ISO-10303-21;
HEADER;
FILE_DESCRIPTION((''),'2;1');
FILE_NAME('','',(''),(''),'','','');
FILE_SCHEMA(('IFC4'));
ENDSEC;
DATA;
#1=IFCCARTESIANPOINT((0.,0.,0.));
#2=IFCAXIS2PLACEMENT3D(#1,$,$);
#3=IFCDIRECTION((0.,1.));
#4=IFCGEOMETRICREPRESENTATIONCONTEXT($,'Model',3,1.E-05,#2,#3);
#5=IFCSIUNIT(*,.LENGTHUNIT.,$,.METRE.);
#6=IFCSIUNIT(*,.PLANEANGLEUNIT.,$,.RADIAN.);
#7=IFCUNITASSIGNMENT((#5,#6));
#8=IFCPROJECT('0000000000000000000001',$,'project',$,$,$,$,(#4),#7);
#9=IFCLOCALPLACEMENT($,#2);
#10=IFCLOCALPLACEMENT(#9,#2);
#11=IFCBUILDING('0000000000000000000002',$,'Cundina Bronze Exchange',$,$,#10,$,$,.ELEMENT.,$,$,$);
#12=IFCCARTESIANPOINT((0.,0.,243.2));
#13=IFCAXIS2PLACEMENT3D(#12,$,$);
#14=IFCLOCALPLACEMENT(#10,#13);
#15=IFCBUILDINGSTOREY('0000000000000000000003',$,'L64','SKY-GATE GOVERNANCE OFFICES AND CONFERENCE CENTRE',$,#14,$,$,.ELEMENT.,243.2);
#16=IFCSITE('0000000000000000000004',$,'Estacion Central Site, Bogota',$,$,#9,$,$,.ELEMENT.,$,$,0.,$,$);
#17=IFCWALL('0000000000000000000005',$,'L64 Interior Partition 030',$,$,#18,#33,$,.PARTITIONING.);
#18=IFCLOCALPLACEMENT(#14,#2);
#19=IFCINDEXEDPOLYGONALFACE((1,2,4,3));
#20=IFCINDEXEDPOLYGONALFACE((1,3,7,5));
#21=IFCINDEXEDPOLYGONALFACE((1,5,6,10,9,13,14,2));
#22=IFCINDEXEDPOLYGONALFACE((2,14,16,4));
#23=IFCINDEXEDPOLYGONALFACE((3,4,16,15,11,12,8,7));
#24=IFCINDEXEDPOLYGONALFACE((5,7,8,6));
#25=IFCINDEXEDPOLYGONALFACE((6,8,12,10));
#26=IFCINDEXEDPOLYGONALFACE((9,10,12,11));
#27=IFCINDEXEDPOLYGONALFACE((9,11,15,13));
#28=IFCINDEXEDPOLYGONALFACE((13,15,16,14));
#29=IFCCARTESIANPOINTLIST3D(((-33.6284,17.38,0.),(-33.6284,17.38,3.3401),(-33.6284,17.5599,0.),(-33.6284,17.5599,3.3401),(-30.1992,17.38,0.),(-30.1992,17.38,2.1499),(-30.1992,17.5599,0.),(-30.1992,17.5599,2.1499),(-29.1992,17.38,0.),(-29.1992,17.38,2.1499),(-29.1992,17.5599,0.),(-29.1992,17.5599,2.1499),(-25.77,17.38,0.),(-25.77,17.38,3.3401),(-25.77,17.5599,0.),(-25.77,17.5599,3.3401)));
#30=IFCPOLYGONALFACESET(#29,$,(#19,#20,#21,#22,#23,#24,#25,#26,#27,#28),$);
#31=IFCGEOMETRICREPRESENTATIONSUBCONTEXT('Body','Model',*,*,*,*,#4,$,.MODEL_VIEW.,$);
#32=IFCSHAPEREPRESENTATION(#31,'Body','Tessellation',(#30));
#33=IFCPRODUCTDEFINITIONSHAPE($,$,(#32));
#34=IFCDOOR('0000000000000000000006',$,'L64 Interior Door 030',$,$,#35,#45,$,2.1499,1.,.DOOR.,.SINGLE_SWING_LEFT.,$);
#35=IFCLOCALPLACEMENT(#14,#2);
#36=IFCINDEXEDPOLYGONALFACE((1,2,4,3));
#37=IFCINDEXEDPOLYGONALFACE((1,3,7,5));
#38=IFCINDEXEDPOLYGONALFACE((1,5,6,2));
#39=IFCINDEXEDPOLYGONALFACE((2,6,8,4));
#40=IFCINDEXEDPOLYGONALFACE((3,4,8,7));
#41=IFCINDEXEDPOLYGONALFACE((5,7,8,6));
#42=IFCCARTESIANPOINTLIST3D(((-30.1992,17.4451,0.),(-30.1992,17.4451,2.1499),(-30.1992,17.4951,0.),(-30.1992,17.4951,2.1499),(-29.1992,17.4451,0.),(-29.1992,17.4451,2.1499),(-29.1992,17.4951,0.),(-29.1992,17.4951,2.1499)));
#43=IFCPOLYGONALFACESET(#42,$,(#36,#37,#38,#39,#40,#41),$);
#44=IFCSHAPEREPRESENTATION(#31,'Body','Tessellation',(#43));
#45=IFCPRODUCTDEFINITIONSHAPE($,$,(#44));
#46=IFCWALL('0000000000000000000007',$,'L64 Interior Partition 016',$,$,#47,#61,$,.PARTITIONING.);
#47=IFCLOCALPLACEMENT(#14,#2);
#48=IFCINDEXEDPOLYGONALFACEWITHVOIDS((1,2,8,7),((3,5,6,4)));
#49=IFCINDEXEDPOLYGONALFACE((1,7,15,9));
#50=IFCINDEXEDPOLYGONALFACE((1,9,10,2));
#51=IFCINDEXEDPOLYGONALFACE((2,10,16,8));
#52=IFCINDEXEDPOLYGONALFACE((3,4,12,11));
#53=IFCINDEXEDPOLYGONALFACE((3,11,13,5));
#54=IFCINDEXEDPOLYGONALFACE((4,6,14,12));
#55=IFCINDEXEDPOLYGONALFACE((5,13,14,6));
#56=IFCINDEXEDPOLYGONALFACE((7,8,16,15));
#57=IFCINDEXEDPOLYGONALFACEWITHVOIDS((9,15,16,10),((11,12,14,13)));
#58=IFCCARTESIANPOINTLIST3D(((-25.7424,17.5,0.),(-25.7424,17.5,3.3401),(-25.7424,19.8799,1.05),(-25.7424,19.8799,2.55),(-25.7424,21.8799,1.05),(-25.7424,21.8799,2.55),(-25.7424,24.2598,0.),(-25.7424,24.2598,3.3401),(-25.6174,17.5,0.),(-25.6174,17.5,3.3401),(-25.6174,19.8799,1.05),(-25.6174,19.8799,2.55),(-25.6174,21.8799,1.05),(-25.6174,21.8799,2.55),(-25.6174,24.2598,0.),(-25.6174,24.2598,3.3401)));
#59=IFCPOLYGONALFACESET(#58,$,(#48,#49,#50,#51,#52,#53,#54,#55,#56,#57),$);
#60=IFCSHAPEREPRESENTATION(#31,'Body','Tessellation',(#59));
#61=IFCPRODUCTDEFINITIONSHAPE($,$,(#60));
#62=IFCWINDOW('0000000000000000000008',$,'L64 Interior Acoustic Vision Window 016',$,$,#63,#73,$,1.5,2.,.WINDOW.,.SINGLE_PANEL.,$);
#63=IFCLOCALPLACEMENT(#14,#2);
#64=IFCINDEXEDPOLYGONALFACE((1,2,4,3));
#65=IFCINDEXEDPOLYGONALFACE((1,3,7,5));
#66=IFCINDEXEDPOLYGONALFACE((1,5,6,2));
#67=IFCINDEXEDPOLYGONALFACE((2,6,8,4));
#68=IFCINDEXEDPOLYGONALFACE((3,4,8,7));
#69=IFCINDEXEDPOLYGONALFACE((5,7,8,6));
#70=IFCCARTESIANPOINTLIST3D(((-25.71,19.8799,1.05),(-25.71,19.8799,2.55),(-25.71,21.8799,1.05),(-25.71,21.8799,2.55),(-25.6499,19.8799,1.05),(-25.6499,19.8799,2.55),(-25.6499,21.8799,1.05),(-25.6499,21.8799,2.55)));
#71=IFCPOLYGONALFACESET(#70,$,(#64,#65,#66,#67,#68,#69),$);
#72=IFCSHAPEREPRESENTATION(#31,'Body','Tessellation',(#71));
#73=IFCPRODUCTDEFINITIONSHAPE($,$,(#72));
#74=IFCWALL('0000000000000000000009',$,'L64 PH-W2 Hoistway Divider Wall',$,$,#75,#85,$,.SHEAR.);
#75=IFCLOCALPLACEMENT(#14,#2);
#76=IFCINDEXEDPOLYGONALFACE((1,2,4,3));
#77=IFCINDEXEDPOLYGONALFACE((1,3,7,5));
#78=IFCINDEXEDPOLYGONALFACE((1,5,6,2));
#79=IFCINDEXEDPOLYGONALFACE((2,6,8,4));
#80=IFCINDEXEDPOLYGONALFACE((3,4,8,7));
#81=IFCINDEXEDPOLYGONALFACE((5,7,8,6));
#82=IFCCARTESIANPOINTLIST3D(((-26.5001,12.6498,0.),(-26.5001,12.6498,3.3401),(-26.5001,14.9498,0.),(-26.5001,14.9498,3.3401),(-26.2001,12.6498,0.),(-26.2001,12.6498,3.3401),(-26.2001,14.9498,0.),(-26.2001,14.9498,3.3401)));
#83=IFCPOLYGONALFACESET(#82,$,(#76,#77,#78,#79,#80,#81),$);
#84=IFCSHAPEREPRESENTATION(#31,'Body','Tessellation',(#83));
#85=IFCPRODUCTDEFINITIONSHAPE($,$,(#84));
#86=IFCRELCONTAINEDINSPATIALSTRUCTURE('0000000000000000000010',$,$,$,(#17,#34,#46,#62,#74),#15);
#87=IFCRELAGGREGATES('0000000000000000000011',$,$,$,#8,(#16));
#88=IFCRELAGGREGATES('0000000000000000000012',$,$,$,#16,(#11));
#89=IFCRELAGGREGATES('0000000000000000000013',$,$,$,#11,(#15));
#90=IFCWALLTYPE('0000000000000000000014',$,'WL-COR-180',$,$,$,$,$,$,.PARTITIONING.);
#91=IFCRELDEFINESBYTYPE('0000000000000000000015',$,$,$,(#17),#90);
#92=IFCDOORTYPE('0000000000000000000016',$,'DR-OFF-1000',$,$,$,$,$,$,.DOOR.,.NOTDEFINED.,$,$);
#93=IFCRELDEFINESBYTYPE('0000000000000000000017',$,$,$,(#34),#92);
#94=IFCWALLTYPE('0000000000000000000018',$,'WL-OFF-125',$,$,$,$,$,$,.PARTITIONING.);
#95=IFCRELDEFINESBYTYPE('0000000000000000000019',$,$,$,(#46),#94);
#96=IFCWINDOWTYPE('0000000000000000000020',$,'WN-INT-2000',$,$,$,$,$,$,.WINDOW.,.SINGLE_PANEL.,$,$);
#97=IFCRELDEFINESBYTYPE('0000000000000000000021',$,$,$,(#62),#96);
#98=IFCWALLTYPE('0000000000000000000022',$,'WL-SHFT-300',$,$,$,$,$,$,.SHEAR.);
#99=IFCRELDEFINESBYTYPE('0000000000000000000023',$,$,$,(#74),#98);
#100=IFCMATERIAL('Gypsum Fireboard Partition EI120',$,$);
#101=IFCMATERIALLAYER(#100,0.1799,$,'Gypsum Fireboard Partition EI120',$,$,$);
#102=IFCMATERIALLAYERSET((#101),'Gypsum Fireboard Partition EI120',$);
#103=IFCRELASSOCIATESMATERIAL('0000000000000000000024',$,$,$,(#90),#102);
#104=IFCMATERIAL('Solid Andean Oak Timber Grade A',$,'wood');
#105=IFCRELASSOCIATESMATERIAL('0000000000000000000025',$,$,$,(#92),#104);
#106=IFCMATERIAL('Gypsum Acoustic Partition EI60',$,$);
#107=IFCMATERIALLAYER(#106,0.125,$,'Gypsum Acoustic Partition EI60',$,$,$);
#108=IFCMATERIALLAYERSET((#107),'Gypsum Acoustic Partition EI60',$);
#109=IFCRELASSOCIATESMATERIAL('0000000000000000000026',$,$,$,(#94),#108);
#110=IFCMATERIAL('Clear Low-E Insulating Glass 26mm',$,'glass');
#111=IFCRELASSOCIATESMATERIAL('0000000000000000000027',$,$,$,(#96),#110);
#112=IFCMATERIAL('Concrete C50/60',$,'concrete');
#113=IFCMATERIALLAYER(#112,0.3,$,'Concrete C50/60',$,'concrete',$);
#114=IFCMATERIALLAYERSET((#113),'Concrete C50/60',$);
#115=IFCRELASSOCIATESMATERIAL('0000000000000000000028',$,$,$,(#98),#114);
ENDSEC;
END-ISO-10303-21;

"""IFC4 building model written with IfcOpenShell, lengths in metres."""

from ifc_helpers import new_model, si_unit, direction, frame, frame_2d, origin, place, context, subcontext, project, spatial, rectangle, extrude, material, layer, layer_set, type_object, element, fill, save


model = new_model("IFC4")

# Units and contexts
model_context = context("Model", 3, precision=1e-05, world=origin(), true_north=direction((0.0, 1.0)))
body_context = subcontext(model_context, "Body", "Model", "MODEL_VIEW")
ifc_project = project(units=[si_unit("LENGTHUNIT", "METRE"), si_unit("PLANEANGLEUNIT", "RADIAN")], contexts=[model_context])

# Site, building, storey
site_placement = place(None, origin())
site = spatial("IfcSite", under=ifc_project, at=site_placement, Name="Estacion Central Site, Bogota", CompositionType="ELEMENT", RefElevation=0.0)
building_placement = place(site_placement, origin())
building = spatial("IfcBuilding", under=site, at=building_placement, Name="Cundina Bronze Exchange", CompositionType="ELEMENT")
storey_placement = place(building_placement, frame((0.0, 0.0, 243.2)))
storey = spatial("IfcBuildingStorey", under=building, at=storey_placement, Name="L64", Description="SKY-GATE GOVERNANCE OFFICES AND CONFERENCE CENTRE", CompositionType="ELEMENT", Elevation=243.2)

# Shared definitions
ifc_material_1 = material(Name="Concrete C50/60", Category="concrete")

# Shared definitions
ifc_material_2 = material(Name="Gypsum Fireboard Partition EI120")
ifc_layer_1 = layer(ifc_material_2, 0.1799, Name="Gypsum Fireboard Partition EI120")
ifc_layer_set_1 = layer_set([ifc_layer_1], Name="Gypsum Fireboard Partition EI120")
wall_type_1 = type_object("IfcWallType", Name="WL-COR-180", PredefinedType="PARTITIONING", material=ifc_layer_set_1)

# Wall, opening, door
ifc_material_3 = material(Name="Solid Andean Oak Timber Grade A", Category="wood")
wall_1_placement = place(storey_placement, frame((-25.77, 17.47, 0.0), z_axis=(0.0, 0.0, 1.0), x_axis=(-1.0, 0.0, 0.0)))
wall_1 = element("IfcWall", 1, at=wall_1_placement, inside=storey, type_object=wall_type_1, Name="L64 Interior Partition 030", PredefinedType="PARTITIONING", context=body_context, shape_type="SweptSolid", body=[
    extrude(rectangle(XDim=7.8584, YDim=0.1799, at=frame_2d((3.9292, 0.0))), origin(), (0.0, 0.0, 1.0), 3.3401),
])
opening_1_placement = place(wall_1_placement, frame((3.4292, 0.0, 0.0)))
opening_1 = element("IfcOpeningElement", 2, at=opening_1_placement, cuts=wall_1, PredefinedType="OPENING", context=body_context, shape_type="SweptSolid", body=[
    extrude(rectangle(XDim=1.0, YDim=2.1499, at=frame_2d((0.5, 1.075))), frame((0.0, 0.0999, 0.0), z_axis=(0.0, -1.0, 0.0), x_axis=(1.0, 0.0, 0.0)), (0.0, 0.0, 1.0), 0.2),
])
door_type_1 = type_object("IfcDoorType", Name="DR-OFF-1000", OperationType="NOTDEFINED", PredefinedType="DOOR", material=ifc_material_3)
door_1_placement = place(opening_1_placement, origin())
door_1 = element("IfcDoor", 3, at=door_1_placement, inside=storey, type_object=door_type_1, Name="L64 Interior Door 030", OperationType="SINGLE_SWING_LEFT", OverallHeight=2.1499, OverallWidth=1.0, PredefinedType="DOOR", context=body_context, shape_type="SweptSolid", body=[
    extrude(rectangle(XDim=1.0, YDim=2.1499, at=frame_2d((0.5, 1.075))), frame((0.0, 0.0249, 0.0), z_axis=(0.0, -1.0, 0.0), x_axis=(1.0, 0.0, 0.0)), (0.0, 0.0, 1.0), 0.05),
])
fill(opening_1, door_1)

# Wall, opening, window
ifc_material_4 = material(Name="Gypsum Acoustic Partition EI60")
ifc_layer_2 = layer(ifc_material_4, 0.125, Name="Gypsum Acoustic Partition EI60")
ifc_layer_set_2 = layer_set([ifc_layer_2], Name="Gypsum Acoustic Partition EI60")
wall_type_2 = type_object("IfcWallType", Name="WL-OFF-125", PredefinedType="PARTITIONING", material=ifc_layer_set_2)
wall_2_placement = place(storey_placement, frame((-25.6799, 17.5, 0.0), z_axis=(0.0, 0.0, 1.0), x_axis=(0.0, 1.0, 0.0)))
wall_2 = element("IfcWall", 4, at=wall_2_placement, inside=storey, type_object=wall_type_2, Name="L64 Interior Partition 016", PredefinedType="PARTITIONING", context=body_context, shape_type="SweptSolid", body=[
    extrude(rectangle(XDim=6.7598, YDim=0.125, at=frame_2d((3.3799, 0.0))), origin(), (0.0, 0.0, 1.0), 3.3401),
])
opening_2_placement = place(wall_2_placement, frame((2.3799, 0.0, 1.05)))
opening_2 = element("IfcOpeningElement", 5, at=opening_2_placement, cuts=wall_2, PredefinedType="OPENING", context=body_context, shape_type="SweptSolid", body=[
    extrude(rectangle(XDim=2.0, YDim=1.5, at=frame_2d((1.0, 0.75))), frame((0.0, 0.0725, 0.0), z_axis=(0.0, -1.0, 0.0), x_axis=(1.0, 0.0, 0.0)), (0.0, 0.0, 1.0), 0.145),
])
ifc_material_5 = material(Name="Clear Low-E Insulating Glass 26mm", Category="glass")
window_type = type_object("IfcWindowType", Name="WN-INT-2000", PartitioningType="SINGLE_PANEL", PredefinedType="WINDOW", material=ifc_material_5)
window_placement = place(opening_2_placement, origin())
window = element("IfcWindow", 6, at=window_placement, inside=storey, type_object=window_type, Name="L64 Interior Acoustic Vision Window 016", OverallHeight=1.5, OverallWidth=2.0, PartitioningType="SINGLE_PANEL", PredefinedType="WINDOW", context=body_context, shape_type="SweptSolid", body=[
    extrude(rectangle(XDim=2.0, YDim=1.5, at=frame_2d((1.0, 0.75))), frame((0.0, 0.03, 0.0), z_axis=(0.0, -1.0, 0.0), x_axis=(1.0, 0.0, 0.0)), (0.0, 0.0, 1.0), 0.0601),
])
fill(opening_2, window)

# Shared definitions
ifc_layer_3 = layer(ifc_material_1, 0.3, Name="Concrete C50/60", Category="concrete")
ifc_layer_set_3 = layer_set([ifc_layer_3], Name="Concrete C50/60")
wall_type_3 = type_object("IfcWallType", Name="WL-SHFT-300", PredefinedType="SHEAR", material=ifc_layer_set_3)

# Wall
wall_3_placement = place(storey_placement, frame((-26.3501, 12.6499, 0.0), z_axis=(0.0, 0.0, 1.0), x_axis=(0.0, 1.0, 0.0)))
element("IfcWall", 7, at=wall_3_placement, inside=storey, type_object=wall_type_3, Name="L64 PH-W2 Hoistway Divider Wall", PredefinedType="SHEAR", context=body_context, shape_type="SweptSolid", body=[
    extrude(rectangle(XDim=2.3, YDim=0.3, at=frame_2d((1.1499, 0.0))), origin(), (0.0, 0.0, 1.0), 3.3401),
])

save(model, "model.ifc")
